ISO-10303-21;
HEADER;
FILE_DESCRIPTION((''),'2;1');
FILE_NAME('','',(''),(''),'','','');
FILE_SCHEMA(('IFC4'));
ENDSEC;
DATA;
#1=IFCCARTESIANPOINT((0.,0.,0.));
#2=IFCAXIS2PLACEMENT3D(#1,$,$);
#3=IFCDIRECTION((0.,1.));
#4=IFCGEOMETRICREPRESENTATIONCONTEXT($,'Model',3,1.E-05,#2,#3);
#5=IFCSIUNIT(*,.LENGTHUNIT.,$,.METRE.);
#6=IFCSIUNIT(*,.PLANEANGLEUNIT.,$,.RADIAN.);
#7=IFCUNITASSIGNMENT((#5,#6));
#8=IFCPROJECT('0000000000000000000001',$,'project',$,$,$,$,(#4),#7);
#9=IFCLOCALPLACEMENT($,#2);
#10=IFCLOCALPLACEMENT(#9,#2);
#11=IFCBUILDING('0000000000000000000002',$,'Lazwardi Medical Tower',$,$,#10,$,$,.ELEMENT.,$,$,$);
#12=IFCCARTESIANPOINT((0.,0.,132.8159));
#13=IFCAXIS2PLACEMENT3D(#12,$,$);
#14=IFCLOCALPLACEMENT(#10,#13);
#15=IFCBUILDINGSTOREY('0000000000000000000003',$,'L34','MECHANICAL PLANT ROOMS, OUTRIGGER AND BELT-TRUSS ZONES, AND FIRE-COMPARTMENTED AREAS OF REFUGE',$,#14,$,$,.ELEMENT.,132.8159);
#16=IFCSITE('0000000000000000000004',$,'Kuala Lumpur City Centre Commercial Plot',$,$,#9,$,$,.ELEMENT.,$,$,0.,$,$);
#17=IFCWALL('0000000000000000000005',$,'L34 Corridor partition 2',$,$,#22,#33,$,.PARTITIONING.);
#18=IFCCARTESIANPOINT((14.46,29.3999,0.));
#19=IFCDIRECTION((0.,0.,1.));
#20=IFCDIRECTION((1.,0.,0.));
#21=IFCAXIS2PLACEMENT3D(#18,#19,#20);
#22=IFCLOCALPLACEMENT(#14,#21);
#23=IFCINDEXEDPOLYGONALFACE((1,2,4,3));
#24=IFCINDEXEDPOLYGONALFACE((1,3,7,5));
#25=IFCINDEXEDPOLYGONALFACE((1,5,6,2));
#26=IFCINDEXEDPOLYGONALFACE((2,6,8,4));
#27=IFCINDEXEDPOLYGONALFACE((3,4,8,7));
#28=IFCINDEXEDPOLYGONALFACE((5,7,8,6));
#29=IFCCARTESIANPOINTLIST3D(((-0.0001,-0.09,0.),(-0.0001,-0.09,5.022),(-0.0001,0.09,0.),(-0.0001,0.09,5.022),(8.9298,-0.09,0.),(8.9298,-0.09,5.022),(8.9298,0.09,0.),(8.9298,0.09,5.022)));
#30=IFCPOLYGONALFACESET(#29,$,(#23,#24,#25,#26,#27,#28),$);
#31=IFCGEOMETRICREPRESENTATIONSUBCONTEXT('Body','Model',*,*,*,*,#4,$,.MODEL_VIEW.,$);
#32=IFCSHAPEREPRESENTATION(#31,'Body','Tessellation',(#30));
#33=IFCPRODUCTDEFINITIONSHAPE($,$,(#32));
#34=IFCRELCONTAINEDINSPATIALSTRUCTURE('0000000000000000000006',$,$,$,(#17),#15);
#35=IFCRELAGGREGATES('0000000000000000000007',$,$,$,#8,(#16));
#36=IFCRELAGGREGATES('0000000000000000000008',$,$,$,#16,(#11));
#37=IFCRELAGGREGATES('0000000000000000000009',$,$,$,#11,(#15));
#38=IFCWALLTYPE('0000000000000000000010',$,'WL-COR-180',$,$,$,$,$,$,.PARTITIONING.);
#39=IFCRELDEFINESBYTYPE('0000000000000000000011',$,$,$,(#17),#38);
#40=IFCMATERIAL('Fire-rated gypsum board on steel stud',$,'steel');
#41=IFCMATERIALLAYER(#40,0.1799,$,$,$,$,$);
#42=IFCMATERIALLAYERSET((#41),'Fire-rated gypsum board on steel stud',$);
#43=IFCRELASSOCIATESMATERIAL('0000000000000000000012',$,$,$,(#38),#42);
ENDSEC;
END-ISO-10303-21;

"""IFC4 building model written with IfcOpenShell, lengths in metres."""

from ifc_helpers import new_model, si_unit, direction, frame, frame_2d, origin, place, context, subcontext, project, spatial, rectangle, extrude, material, layer, layer_set, type_object, element, save


model = new_model("IFC4")

# Units and contexts
model_context = context("Model", 3, precision=1e-05, world=origin(), true_north=direction((0.0, 1.0)))
body_context = subcontext(model_context, "Body", "Model", "MODEL_VIEW")
ifc_project = project(units=[si_unit("LENGTHUNIT", "METRE"), si_unit("PLANEANGLEUNIT", "RADIAN")], contexts=[model_context])

# Site, building, storey
site_placement = place(None, origin())
site = spatial("IfcSite", under=ifc_project, at=site_placement, Name="Kuala Lumpur City Centre Commercial Plot", CompositionType="ELEMENT", RefElevation=0.0)
building_placement = place(site_placement, origin())
building = spatial("IfcBuilding", under=site, at=building_placement, Name="Lazwardi Medical Tower", CompositionType="ELEMENT")
storey_placement = place(building_placement, frame((0.0, 0.0, 132.8159)))
storey = spatial("IfcBuildingStorey", under=building, at=storey_placement, Name="L34", Description="MECHANICAL PLANT ROOMS, OUTRIGGER AND BELT-TRUSS ZONES, AND FIRE-COMPARTMENTED AREAS OF REFUGE", CompositionType="ELEMENT", Elevation=132.8159)

# Wall
ifc_material_1 = material(Name="Fire-rated gypsum board on steel stud", Category="steel")
ifc_layer_1 = layer(ifc_material_1, 0.1799)
ifc_layer_set_1 = layer_set([ifc_layer_1], Name="Fire-rated gypsum board on steel stud")
wall_type_1 = type_object("IfcWallType", Name="WL-COR-180", PredefinedType="PARTITIONING", material=ifc_layer_set_1)
wall_1_placement = place(storey_placement, frame((14.46, 29.3999, 0.0), z_axis=(0.0, 0.0, 1.0), x_axis=(1.0, 0.0, 0.0)))
element("IfcWall", 1, at=wall_1_placement, inside=storey, type_object=wall_type_1, Name="L34 Corridor partition 2", PredefinedType="PARTITIONING", context=body_context, shape_type="SweptSolid", body=[
    extrude(rectangle(XDim=8.9299, YDim=0.1799, at=frame_2d((4.4648, 0.0))), origin(), (0.0, 0.0, 1.0), 5.022),
])

save(model, "model.ifc")
